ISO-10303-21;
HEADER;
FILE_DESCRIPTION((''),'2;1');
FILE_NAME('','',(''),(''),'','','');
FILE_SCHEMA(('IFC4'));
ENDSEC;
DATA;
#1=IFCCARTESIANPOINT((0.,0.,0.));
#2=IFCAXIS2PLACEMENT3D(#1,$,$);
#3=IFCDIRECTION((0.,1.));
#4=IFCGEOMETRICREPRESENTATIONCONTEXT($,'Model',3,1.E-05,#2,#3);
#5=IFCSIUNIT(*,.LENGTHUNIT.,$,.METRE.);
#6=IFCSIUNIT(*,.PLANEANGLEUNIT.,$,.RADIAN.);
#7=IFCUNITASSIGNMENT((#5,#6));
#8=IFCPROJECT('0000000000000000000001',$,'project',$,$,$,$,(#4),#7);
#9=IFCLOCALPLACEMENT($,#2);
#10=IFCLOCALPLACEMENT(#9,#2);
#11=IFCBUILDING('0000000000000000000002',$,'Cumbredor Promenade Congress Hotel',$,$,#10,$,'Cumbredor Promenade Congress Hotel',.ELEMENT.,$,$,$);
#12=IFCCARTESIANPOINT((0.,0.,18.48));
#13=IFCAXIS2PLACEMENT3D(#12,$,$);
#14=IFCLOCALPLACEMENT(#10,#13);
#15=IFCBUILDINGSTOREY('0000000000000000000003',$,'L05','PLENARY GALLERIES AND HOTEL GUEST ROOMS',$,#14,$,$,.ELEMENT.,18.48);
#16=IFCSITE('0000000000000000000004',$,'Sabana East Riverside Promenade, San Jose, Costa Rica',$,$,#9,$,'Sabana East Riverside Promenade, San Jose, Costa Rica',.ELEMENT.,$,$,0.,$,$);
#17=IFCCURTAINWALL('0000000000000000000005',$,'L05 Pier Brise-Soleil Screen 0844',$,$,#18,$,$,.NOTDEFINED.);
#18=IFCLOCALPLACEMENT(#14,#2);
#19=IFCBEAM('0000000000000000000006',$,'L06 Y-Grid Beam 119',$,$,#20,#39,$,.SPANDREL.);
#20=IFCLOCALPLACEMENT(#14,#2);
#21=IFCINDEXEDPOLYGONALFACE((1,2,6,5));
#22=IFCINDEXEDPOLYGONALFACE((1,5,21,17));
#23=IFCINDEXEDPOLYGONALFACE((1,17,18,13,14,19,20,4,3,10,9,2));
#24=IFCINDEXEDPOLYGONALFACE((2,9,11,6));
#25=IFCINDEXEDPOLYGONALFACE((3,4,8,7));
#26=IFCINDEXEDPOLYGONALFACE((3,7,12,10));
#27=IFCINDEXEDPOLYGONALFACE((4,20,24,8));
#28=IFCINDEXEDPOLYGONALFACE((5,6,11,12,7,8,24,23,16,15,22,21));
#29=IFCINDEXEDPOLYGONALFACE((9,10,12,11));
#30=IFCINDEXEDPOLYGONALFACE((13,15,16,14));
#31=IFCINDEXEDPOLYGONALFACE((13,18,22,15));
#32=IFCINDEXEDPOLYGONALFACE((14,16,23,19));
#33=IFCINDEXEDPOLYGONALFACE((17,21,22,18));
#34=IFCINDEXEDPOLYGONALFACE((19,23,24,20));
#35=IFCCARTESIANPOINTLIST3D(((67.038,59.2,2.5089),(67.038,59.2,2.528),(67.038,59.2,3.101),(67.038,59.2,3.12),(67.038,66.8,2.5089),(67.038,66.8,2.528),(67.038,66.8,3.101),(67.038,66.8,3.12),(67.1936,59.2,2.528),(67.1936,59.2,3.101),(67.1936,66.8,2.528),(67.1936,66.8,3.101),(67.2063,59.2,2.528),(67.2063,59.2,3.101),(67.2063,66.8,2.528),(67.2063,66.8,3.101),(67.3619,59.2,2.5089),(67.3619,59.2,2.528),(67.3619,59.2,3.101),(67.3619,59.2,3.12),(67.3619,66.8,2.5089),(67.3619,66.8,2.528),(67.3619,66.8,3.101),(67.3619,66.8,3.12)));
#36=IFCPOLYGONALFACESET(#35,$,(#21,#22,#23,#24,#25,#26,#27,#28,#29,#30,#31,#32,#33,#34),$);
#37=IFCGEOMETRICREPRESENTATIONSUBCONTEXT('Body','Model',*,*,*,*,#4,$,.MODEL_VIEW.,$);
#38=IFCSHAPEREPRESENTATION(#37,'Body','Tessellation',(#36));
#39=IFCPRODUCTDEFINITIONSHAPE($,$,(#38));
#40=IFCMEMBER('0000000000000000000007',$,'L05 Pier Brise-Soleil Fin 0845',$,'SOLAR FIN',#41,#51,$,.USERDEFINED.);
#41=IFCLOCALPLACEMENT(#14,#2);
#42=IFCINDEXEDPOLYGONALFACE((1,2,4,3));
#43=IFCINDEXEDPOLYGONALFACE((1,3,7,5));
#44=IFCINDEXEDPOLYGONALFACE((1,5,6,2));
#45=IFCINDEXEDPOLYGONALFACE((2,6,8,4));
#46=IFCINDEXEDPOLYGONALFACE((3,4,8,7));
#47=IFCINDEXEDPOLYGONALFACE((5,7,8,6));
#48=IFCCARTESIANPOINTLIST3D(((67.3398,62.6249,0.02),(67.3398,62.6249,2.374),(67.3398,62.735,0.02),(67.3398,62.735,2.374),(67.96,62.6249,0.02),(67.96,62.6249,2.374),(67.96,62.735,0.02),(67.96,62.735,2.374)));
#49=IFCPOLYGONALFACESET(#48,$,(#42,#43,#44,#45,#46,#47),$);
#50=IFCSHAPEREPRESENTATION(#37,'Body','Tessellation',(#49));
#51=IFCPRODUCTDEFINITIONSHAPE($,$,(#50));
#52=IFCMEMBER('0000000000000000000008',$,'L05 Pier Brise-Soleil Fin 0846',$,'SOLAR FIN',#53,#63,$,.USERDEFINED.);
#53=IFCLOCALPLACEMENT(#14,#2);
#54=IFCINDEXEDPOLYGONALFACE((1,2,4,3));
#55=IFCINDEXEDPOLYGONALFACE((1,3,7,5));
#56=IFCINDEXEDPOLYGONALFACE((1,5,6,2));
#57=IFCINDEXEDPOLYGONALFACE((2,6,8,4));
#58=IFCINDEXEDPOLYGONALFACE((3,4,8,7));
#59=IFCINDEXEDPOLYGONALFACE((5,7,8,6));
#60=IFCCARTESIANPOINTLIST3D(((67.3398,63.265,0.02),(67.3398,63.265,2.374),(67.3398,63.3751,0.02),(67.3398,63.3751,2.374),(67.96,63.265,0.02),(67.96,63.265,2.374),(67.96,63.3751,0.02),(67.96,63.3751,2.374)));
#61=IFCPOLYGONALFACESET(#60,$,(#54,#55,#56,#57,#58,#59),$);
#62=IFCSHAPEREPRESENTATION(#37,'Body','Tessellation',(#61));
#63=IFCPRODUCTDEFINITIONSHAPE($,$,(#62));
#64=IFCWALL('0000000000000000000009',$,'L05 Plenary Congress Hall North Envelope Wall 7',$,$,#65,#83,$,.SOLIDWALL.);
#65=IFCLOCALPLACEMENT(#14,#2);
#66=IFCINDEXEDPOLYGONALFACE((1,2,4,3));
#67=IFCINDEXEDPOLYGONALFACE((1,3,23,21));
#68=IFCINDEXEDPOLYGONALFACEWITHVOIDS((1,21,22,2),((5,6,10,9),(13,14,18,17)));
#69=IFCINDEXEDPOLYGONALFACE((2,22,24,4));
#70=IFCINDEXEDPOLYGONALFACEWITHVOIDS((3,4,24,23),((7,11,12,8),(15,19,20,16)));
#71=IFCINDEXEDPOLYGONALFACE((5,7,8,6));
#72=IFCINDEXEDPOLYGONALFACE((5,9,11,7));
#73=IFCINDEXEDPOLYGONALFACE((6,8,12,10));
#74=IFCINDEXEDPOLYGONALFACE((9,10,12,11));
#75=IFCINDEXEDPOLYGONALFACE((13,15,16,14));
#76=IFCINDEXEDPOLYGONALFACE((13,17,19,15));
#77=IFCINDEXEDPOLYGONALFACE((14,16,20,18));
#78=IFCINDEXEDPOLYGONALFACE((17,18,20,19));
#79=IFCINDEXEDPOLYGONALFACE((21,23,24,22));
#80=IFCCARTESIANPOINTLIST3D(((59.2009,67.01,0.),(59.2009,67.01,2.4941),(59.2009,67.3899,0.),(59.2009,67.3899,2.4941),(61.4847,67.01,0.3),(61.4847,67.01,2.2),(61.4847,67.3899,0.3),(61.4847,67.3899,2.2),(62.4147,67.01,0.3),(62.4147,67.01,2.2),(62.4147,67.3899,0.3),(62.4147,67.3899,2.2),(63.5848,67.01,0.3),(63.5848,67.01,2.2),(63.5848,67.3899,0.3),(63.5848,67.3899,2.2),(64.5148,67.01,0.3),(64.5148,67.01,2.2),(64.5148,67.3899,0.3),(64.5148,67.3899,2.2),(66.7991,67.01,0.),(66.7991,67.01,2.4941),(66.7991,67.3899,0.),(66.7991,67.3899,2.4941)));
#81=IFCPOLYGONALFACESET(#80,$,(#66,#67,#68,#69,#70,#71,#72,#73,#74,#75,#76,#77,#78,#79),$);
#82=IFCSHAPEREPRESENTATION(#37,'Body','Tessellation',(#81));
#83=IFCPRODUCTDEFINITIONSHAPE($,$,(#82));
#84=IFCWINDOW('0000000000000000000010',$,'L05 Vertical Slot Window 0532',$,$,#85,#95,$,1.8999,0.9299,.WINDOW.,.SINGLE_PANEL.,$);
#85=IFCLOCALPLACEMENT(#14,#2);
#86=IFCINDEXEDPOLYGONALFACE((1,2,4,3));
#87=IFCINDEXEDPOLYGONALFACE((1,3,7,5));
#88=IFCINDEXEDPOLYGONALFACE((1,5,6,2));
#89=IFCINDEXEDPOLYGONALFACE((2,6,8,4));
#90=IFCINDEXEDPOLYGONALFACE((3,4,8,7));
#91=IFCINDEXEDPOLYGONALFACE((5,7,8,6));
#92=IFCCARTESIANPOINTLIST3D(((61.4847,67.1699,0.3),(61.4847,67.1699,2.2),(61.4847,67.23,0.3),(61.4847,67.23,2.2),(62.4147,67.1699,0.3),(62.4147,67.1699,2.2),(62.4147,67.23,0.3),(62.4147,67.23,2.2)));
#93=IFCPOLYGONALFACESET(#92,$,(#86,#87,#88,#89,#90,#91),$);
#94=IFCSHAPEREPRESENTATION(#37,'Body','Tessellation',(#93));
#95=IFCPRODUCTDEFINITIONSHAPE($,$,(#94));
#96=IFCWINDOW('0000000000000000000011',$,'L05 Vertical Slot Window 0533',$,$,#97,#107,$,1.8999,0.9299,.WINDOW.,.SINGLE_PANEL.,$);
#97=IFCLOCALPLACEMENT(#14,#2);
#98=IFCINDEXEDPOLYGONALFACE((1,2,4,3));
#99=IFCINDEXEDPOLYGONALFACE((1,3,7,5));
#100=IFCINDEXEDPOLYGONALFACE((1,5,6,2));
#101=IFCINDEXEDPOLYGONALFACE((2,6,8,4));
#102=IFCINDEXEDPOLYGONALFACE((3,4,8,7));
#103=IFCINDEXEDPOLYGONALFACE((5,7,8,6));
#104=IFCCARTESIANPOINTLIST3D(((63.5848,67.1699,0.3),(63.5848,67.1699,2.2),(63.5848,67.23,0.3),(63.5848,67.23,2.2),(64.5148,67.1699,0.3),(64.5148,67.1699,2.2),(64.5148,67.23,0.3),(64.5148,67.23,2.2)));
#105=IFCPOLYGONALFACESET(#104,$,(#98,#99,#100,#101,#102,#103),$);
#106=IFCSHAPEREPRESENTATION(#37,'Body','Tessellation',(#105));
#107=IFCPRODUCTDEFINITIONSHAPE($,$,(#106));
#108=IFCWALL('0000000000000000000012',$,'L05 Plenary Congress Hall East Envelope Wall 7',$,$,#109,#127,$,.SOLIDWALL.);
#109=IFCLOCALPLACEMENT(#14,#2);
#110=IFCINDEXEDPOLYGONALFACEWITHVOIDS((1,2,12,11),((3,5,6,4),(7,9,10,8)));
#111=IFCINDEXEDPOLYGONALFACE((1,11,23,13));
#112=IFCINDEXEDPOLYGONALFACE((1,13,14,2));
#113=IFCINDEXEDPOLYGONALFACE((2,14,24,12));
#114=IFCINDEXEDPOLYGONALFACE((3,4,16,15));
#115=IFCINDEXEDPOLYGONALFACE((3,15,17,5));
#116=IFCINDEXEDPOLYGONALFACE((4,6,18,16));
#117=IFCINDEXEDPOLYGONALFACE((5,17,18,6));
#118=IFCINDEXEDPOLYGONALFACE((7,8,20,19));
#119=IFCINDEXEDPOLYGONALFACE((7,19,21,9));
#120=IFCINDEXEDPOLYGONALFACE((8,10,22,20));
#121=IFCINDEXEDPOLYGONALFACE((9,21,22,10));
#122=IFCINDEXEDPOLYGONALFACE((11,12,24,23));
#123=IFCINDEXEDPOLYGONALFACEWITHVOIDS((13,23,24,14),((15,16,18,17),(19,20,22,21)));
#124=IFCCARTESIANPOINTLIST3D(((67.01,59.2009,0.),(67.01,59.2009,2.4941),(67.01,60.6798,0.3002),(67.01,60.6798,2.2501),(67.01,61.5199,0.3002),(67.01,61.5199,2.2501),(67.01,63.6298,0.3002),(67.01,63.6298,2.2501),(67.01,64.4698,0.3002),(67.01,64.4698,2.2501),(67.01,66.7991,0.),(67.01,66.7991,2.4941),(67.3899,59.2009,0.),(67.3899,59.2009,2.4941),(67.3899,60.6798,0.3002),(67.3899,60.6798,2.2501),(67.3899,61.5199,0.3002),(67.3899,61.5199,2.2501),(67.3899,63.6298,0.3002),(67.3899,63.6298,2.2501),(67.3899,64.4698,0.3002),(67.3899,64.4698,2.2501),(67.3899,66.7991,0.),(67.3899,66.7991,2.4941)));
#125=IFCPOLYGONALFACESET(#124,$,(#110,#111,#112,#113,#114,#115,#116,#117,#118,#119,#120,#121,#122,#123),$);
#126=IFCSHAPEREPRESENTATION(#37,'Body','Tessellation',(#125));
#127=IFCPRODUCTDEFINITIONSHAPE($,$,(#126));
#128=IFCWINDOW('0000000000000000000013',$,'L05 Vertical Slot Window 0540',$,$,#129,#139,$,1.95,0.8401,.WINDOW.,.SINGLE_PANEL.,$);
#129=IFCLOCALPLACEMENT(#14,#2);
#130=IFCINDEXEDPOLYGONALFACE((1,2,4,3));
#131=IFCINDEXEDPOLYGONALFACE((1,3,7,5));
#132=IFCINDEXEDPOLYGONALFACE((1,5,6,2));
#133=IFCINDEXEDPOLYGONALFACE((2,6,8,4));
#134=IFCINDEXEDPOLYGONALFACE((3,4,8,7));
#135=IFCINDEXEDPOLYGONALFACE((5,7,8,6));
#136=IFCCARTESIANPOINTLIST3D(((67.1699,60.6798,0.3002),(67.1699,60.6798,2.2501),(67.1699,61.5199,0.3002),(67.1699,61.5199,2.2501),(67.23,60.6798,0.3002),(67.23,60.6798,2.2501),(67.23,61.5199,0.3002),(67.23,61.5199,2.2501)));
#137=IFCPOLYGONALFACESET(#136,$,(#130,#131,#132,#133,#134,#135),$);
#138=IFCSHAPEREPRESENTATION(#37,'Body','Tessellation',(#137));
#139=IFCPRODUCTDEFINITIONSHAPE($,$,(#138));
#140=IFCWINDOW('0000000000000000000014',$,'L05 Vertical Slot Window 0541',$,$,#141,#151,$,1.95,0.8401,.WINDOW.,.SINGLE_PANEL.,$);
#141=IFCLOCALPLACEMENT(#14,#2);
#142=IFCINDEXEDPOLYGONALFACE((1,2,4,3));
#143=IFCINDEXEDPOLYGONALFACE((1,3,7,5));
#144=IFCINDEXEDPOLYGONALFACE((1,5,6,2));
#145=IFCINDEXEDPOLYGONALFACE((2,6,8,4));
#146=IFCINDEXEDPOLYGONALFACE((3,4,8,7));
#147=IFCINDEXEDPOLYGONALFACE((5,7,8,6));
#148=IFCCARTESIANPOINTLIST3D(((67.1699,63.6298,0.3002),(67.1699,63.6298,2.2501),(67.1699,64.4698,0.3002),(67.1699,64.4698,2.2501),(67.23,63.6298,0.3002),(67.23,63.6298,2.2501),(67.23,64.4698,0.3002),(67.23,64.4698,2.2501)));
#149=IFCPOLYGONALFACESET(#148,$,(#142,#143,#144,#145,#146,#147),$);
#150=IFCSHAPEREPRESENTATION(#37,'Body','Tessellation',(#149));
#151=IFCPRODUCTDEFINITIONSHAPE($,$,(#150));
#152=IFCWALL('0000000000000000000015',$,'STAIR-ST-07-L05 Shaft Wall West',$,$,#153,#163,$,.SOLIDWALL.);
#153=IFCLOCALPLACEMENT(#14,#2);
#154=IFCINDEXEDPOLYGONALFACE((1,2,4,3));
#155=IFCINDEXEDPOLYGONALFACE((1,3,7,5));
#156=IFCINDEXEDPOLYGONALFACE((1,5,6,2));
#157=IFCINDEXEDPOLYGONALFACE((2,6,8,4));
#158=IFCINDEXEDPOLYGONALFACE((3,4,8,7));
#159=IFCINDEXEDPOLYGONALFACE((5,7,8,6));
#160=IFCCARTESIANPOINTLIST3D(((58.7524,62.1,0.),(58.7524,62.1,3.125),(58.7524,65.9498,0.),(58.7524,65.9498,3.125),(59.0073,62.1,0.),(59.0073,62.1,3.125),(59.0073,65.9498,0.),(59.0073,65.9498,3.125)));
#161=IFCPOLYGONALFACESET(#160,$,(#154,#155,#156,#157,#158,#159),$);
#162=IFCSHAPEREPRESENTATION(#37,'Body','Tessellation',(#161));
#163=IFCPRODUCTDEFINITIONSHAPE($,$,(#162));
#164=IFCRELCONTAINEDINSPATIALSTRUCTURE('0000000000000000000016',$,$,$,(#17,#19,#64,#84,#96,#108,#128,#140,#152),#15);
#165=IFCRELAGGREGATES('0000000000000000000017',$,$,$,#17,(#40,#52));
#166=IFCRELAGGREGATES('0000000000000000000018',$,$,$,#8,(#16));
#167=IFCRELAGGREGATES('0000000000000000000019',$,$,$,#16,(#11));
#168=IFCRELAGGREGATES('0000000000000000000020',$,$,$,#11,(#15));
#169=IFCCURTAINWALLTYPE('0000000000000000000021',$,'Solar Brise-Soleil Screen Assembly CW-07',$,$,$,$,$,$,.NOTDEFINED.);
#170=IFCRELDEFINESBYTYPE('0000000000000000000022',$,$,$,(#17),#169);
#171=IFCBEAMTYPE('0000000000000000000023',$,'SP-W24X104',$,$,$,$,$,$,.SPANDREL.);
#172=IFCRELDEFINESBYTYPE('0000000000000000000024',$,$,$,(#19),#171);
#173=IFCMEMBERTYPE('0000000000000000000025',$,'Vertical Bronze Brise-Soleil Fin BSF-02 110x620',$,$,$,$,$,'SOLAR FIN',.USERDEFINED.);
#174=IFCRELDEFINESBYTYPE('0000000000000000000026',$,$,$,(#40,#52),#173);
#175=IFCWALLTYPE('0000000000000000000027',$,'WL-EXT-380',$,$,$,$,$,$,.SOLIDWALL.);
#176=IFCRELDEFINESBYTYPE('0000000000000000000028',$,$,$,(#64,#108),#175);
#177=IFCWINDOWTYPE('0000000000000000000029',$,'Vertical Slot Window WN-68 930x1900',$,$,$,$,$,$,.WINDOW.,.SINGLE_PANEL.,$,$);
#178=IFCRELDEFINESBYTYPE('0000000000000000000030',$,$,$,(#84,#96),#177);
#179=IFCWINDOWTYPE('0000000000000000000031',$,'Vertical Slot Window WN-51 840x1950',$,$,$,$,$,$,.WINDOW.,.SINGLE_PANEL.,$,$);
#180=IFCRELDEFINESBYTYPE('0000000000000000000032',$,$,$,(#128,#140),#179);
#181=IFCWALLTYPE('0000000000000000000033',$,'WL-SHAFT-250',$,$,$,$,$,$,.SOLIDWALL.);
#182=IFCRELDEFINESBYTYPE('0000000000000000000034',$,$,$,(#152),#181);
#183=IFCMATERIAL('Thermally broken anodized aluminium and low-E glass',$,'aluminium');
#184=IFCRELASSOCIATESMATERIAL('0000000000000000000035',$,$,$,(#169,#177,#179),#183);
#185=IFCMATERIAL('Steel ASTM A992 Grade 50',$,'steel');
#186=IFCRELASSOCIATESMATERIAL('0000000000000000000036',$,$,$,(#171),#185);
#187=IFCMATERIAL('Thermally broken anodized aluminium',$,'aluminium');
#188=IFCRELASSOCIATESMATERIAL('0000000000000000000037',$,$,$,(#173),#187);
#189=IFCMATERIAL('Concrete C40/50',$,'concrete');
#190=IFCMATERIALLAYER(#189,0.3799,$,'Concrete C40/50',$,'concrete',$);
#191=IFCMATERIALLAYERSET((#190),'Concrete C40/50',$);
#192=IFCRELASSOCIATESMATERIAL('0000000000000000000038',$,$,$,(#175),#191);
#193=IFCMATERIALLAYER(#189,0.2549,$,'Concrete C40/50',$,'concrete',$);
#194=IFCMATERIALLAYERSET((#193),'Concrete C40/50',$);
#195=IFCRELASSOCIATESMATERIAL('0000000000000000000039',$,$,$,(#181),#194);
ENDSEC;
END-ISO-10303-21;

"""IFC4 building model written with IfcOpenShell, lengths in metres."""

from ifc_helpers import new_model, si_unit, direction, frame, frame_2d, origin, origin_2d, place, context, subcontext, project, spatial, rectangle, i_section, extrude, material, layer, layer_set, material_profile, profile_set, type_object, element, fill, aggregate, save


model = new_model("IFC4")

# Units and contexts
model_context = context("Model", 3, precision=1e-05, world=origin(), true_north=direction((0.0, 1.0)))
body_context = subcontext(model_context, "Body", "Model", "MODEL_VIEW")
ifc_project = project(units=[si_unit("LENGTHUNIT", "METRE"), si_unit("PLANEANGLEUNIT", "RADIAN")], contexts=[model_context])

# Site, building, storey
site_placement = place(None, origin())
site = spatial("IfcSite", under=ifc_project, at=site_placement, Name="Sabana East Riverside Promenade, San Jose, Costa Rica", LongName="Sabana East Riverside Promenade, San Jose, Costa Rica", CompositionType="ELEMENT", RefElevation=0.0)
building_placement = place(site_placement, origin())
building = spatial("IfcBuilding", under=site, at=building_placement, Name="Cumbredor Promenade Congress Hotel", LongName="Cumbredor Promenade Congress Hotel", CompositionType="ELEMENT")
storey_placement = place(building_placement, frame((0.0, 0.0, 18.48)))
storey = spatial("IfcBuildingStorey", under=building, at=storey_placement, Name="L05", Description="PLENARY GALLERIES AND HOTEL GUEST ROOMS", CompositionType="ELEMENT", Elevation=18.48)

# Shared definitions
ifc_material_1 = material(Name="Concrete C40/50", Category="concrete")
ifc_material_2 = material(Name="Steel ASTM A992 Grade 50", Category="steel")

# Curtain wall
ifc_material_3 = material(Name="Thermally broken anodized aluminium and low-E glass", Category="aluminium")
ifc_material_4 = material(Name="Thermally broken anodized aluminium", Category="aluminium")
curtain_wall_type_1 = type_object("IfcCurtainWallType", Name="Solar Brise-Soleil Screen Assembly CW-07", PredefinedType="NOTDEFINED", material=ifc_material_3)
curtain_wall_1_placement = place(storey_placement, origin())
curtain_wall_1 = element("IfcCurtainWall", 1, at=curtain_wall_1_placement, inside=storey, type_object=curtain_wall_type_1, Name="L05 Pier Brise-Soleil Screen 0844", PredefinedType="NOTDEFINED")

# Beam
ifc_material_profile_1 = material_profile(ifc_material_2, i_section(OverallWidth=0.324, OverallDepth=0.6111, WebThickness=0.0127, FlangeThickness=0.019, at=origin_2d()), Name="W24X104")
ifc_profile_set_1 = profile_set([ifc_material_profile_1], Name="Steel ASTM A992 Grade 50")
beam_type_1 = type_object("IfcBeamType", Name="SP-W24X104", PredefinedType="SPANDREL", material=ifc_profile_set_1)
beam_1_placement = place(storey_placement, frame((67.2, 59.2, 2.8145), z_axis=(0.0, 1.0, 0.0), x_axis=(-1.0, 0.0, 0.0)))
element("IfcBeam", 2, at=beam_1_placement, inside=storey, type_object=beam_type_1, Name="L06 Y-Grid Beam 119", PredefinedType="SPANDREL", context=body_context, shape_type="SweptSolid", body=[
    extrude(i_section(OverallWidth=0.324, OverallDepth=0.6111, WebThickness=0.0127, FlangeThickness=0.019, at=origin_2d()), origin(), (0.0, 0.0, 1.0), 7.6001),
])

# Members
ifc_material_profile_2 = material_profile(ifc_material_4, rectangle(XDim=0.1101, YDim=0.6201, at=origin_2d()), Name="ARCH FIN 110x620")
ifc_profile_set_2 = profile_set([ifc_material_profile_2], Name="Thermally broken anodized aluminium")
member_type_1 = type_object("IfcMemberType", Name="Vertical Bronze Brise-Soleil Fin BSF-02 110x620", ElementType="SOLAR FIN", PredefinedType="USERDEFINED", material=ifc_profile_set_2)
member_1_placement = place(storey_placement, frame((67.6499, 62.6799, 0.02), z_axis=(0.0, 0.0, 1.0), x_axis=(0.0, 1.0, 0.0)))
member_1 = element("IfcMember", 3, at=member_1_placement, type_object=member_type_1, Name="L05 Pier Brise-Soleil Fin 0845", ObjectType="SOLAR FIN", PredefinedType="USERDEFINED", context=body_context, shape_type="SweptSolid", body=[
    extrude(rectangle(XDim=0.1101, YDim=0.6201, at=origin_2d()), origin(), (0.0, 0.0, 1.0), 2.354),
])
member_2_placement = place(storey_placement, frame((67.6499, 63.3201, 0.02), z_axis=(0.0, 0.0, 1.0), x_axis=(0.0, 1.0, 0.0)))
member_2 = element("IfcMember", 4, at=member_2_placement, type_object=member_type_1, Name="L05 Pier Brise-Soleil Fin 0846", ObjectType="SOLAR FIN", PredefinedType="USERDEFINED", context=body_context, shape_type="SweptSolid", body=[
    extrude(rectangle(XDim=0.1101, YDim=0.6201, at=origin_2d()), origin(), (0.0, 0.0, 1.0), 2.354),
])
aggregate(curtain_wall_1, [member_1, member_2])

# Walls, openings, windows
ifc_layer_1 = layer(ifc_material_1, 0.3799, Name="Concrete C40/50", Category="concrete")
ifc_layer_set_1 = layer_set([ifc_layer_1], Name="Concrete C40/50")
wall_type_1 = type_object("IfcWallType", Name="WL-EXT-380", PredefinedType="SOLIDWALL", material=ifc_layer_set_1)
wall_1_placement = place(storey_placement, frame((59.2009, 67.2, 0.0), z_axis=(0.0, 0.0, 1.0), x_axis=(1.0, 0.0, 0.0)))
wall_1 = element("IfcWall", 5, at=wall_1_placement, inside=storey, type_object=wall_type_1, Name="L05 Plenary Congress Hall North Envelope Wall 7", PredefinedType="SOLIDWALL", context=body_context, shape_type="SweptSolid", body=[
    extrude(rectangle(XDim=7.5981, YDim=0.3799, at=frame_2d((3.7991, 0.0))), origin(), (0.0, 0.0, 1.0), 2.4941),
])
opening_1_placement = place(wall_1_placement, frame((2.2839, 0.0, 0.3)))
opening_1 = element("IfcOpeningElement", 6, at=opening_1_placement, cuts=wall_1, PredefinedType="OPENING", context=body_context, shape_type="SweptSolid", body=[
    extrude(rectangle(XDim=0.9299, YDim=1.8999, at=frame_2d((0.4648, 0.95))), frame((0.0, 0.2, 0.0), z_axis=(0.0, -1.0, 0.0), x_axis=(1.0, 0.0, 0.0)), (0.0, 0.0, 1.0), 0.3999),
])
opening_2_placement = place(wall_1_placement, frame((4.384, 0.0, 0.3)))
opening_2 = element("IfcOpeningElement", 7, at=opening_2_placement, cuts=wall_1, PredefinedType="OPENING", context=body_context, shape_type="SweptSolid", body=[
    extrude(rectangle(XDim=0.9299, YDim=1.8999, at=frame_2d((0.4648, 0.95))), frame((0.0, 0.2, 0.0), z_axis=(0.0, -1.0, 0.0), x_axis=(1.0, 0.0, 0.0)), (0.0, 0.0, 1.0), 0.3999),
])
window_type_1 = type_object("IfcWindowType", Name="Vertical Slot Window WN-68 930x1900", PartitioningType="SINGLE_PANEL", PredefinedType="WINDOW", material=ifc_material_3)
window_1_placement = place(opening_1_placement, origin())
window_1 = element("IfcWindow", 8, at=window_1_placement, inside=storey, type_object=window_type_1, Name="L05 Vertical Slot Window 0532", OverallHeight=1.8999, OverallWidth=0.9299, PartitioningType="SINGLE_PANEL", PredefinedType="WINDOW", context=body_context, shape_type="SweptSolid", body=[
    extrude(rectangle(XDim=0.9299, YDim=1.8999, at=frame_2d((0.4648, 0.95))), frame((0.0, 0.03, 0.0), z_axis=(0.0, -1.0, 0.0), x_axis=(1.0, 0.0, 0.0)), (0.0, 0.0, 1.0), 0.0601),
])
fill(opening_1, window_1)
window_2_placement = place(opening_2_placement, origin())
window_2 = element("IfcWindow", 9, at=window_2_placement, inside=storey, type_object=window_type_1, Name="L05 Vertical Slot Window 0533", OverallHeight=1.8999, OverallWidth=0.9299, PartitioningType="SINGLE_PANEL", PredefinedType="WINDOW", context=body_context, shape_type="SweptSolid", body=[
    extrude(rectangle(XDim=0.9299, YDim=1.8999, at=frame_2d((0.4648, 0.95))), frame((0.0, 0.03, 0.0), z_axis=(0.0, -1.0, 0.0), x_axis=(1.0, 0.0, 0.0)), (0.0, 0.0, 1.0), 0.0601),
])
fill(opening_2, window_2)
wall_2_placement = place(storey_placement, frame((67.2, 59.2009, 0.0), z_axis=(0.0, 0.0, 1.0), x_axis=(0.0, 1.0, 0.0)))
wall_2 = element("IfcWall", 10, at=wall_2_placement, inside=storey, type_object=wall_type_1, Name="L05 Plenary Congress Hall East Envelope Wall 7", PredefinedType="SOLIDWALL", context=body_context, shape_type="SweptSolid", body=[
    extrude(rectangle(XDim=7.5981, YDim=0.3799, at=frame_2d((3.7991, 0.0))), origin(), (0.0, 0.0, 1.0), 2.4941),
])
opening_3_placement = place(wall_2_placement, frame((1.479, 0.0, 0.3)))
opening_3 = element("IfcOpeningElement", 11, at=opening_3_placement, cuts=wall_2, PredefinedType="OPENING", context=body_context, shape_type="SweptSolid", body=[
    extrude(rectangle(XDim=0.8401, YDim=1.95, at=frame_2d((0.4199, 0.9751))), frame((0.0, 0.2, 0.0), z_axis=(0.0, -1.0, 0.0), x_axis=(1.0, 0.0, 0.0)), (0.0, 0.0, 1.0), 0.3999),
])
opening_4_placement = place(wall_2_placement, frame((4.429, 0.0, 0.3)))
opening_4 = element("IfcOpeningElement", 12, at=opening_4_placement, cuts=wall_2, PredefinedType="OPENING", context=body_context, shape_type="SweptSolid", body=[
    extrude(rectangle(XDim=0.8401, YDim=1.95, at=frame_2d((0.4199, 0.9751))), frame((0.0, 0.2, 0.0), z_axis=(0.0, -1.0, 0.0), x_axis=(1.0, 0.0, 0.0)), (0.0, 0.0, 1.0), 0.3999),
])
window_type_2 = type_object("IfcWindowType", Name="Vertical Slot Window WN-51 840x1950", PartitioningType="SINGLE_PANEL", PredefinedType="WINDOW", material=ifc_material_3)
window_3_placement = place(opening_3_placement, origin())
window_3 = element("IfcWindow", 13, at=window_3_placement, inside=storey, type_object=window_type_2, Name="L05 Vertical Slot Window 0540", OverallHeight=1.95, OverallWidth=0.8401, PartitioningType="SINGLE_PANEL", PredefinedType="WINDOW", context=body_context, shape_type="SweptSolid", body=[
    extrude(rectangle(XDim=0.8401, YDim=1.95, at=frame_2d((0.4199, 0.9751))), frame((0.0, 0.03, 0.0), z_axis=(0.0, -1.0, 0.0), x_axis=(1.0, 0.0, 0.0)), (0.0, 0.0, 1.0), 0.0601),
])
fill(opening_3, window_3)
window_4_placement = place(opening_4_placement, origin())
window_4 = element("IfcWindow", 14, at=window_4_placement, inside=storey, type_object=window_type_2, Name="L05 Vertical Slot Window 0541", OverallHeight=1.95, OverallWidth=0.8401, PartitioningType="SINGLE_PANEL", PredefinedType="WINDOW", context=body_context, shape_type="SweptSolid", body=[
    extrude(rectangle(XDim=0.8401, YDim=1.95, at=frame_2d((0.4199, 0.9751))), frame((0.0, 0.03, 0.0), z_axis=(0.0, -1.0, 0.0), x_axis=(1.0, 0.0, 0.0)), (0.0, 0.0, 1.0), 0.0601),
])
fill(opening_4, window_4)

# Wall
ifc_layer_2 = layer(ifc_material_1, 0.2549, Name="Concrete C40/50", Category="concrete")
ifc_layer_set_2 = layer_set([ifc_layer_2], Name="Concrete C40/50")
wall_type_2 = type_object("IfcWallType", Name="WL-SHAFT-250", PredefinedType="SOLIDWALL", material=ifc_layer_set_2)
for number, where, z_axis, x_axis, name in (
    (15, (58.8799, 62.1001, 0.0), (0.0, 0.0, 1.0), (0.0, 1.0, 0.0), "STAIR-ST-07-L05 Shaft Wall West"),
):
    element("IfcWall", number, at=place(storey_placement, frame(where, z_axis=z_axis, x_axis=x_axis)), inside=storey, type_object=wall_type_2, Name=name, PredefinedType="SOLIDWALL", context=body_context, shape_type="SweptSolid", body=[
        extrude(rectangle(XDim=3.8499, YDim=0.2549, at=frame_2d((1.9248, 0.0))), origin(), (0.0, 0.0, 1.0), 3.125),
    ])

save(model, "model.ifc")
